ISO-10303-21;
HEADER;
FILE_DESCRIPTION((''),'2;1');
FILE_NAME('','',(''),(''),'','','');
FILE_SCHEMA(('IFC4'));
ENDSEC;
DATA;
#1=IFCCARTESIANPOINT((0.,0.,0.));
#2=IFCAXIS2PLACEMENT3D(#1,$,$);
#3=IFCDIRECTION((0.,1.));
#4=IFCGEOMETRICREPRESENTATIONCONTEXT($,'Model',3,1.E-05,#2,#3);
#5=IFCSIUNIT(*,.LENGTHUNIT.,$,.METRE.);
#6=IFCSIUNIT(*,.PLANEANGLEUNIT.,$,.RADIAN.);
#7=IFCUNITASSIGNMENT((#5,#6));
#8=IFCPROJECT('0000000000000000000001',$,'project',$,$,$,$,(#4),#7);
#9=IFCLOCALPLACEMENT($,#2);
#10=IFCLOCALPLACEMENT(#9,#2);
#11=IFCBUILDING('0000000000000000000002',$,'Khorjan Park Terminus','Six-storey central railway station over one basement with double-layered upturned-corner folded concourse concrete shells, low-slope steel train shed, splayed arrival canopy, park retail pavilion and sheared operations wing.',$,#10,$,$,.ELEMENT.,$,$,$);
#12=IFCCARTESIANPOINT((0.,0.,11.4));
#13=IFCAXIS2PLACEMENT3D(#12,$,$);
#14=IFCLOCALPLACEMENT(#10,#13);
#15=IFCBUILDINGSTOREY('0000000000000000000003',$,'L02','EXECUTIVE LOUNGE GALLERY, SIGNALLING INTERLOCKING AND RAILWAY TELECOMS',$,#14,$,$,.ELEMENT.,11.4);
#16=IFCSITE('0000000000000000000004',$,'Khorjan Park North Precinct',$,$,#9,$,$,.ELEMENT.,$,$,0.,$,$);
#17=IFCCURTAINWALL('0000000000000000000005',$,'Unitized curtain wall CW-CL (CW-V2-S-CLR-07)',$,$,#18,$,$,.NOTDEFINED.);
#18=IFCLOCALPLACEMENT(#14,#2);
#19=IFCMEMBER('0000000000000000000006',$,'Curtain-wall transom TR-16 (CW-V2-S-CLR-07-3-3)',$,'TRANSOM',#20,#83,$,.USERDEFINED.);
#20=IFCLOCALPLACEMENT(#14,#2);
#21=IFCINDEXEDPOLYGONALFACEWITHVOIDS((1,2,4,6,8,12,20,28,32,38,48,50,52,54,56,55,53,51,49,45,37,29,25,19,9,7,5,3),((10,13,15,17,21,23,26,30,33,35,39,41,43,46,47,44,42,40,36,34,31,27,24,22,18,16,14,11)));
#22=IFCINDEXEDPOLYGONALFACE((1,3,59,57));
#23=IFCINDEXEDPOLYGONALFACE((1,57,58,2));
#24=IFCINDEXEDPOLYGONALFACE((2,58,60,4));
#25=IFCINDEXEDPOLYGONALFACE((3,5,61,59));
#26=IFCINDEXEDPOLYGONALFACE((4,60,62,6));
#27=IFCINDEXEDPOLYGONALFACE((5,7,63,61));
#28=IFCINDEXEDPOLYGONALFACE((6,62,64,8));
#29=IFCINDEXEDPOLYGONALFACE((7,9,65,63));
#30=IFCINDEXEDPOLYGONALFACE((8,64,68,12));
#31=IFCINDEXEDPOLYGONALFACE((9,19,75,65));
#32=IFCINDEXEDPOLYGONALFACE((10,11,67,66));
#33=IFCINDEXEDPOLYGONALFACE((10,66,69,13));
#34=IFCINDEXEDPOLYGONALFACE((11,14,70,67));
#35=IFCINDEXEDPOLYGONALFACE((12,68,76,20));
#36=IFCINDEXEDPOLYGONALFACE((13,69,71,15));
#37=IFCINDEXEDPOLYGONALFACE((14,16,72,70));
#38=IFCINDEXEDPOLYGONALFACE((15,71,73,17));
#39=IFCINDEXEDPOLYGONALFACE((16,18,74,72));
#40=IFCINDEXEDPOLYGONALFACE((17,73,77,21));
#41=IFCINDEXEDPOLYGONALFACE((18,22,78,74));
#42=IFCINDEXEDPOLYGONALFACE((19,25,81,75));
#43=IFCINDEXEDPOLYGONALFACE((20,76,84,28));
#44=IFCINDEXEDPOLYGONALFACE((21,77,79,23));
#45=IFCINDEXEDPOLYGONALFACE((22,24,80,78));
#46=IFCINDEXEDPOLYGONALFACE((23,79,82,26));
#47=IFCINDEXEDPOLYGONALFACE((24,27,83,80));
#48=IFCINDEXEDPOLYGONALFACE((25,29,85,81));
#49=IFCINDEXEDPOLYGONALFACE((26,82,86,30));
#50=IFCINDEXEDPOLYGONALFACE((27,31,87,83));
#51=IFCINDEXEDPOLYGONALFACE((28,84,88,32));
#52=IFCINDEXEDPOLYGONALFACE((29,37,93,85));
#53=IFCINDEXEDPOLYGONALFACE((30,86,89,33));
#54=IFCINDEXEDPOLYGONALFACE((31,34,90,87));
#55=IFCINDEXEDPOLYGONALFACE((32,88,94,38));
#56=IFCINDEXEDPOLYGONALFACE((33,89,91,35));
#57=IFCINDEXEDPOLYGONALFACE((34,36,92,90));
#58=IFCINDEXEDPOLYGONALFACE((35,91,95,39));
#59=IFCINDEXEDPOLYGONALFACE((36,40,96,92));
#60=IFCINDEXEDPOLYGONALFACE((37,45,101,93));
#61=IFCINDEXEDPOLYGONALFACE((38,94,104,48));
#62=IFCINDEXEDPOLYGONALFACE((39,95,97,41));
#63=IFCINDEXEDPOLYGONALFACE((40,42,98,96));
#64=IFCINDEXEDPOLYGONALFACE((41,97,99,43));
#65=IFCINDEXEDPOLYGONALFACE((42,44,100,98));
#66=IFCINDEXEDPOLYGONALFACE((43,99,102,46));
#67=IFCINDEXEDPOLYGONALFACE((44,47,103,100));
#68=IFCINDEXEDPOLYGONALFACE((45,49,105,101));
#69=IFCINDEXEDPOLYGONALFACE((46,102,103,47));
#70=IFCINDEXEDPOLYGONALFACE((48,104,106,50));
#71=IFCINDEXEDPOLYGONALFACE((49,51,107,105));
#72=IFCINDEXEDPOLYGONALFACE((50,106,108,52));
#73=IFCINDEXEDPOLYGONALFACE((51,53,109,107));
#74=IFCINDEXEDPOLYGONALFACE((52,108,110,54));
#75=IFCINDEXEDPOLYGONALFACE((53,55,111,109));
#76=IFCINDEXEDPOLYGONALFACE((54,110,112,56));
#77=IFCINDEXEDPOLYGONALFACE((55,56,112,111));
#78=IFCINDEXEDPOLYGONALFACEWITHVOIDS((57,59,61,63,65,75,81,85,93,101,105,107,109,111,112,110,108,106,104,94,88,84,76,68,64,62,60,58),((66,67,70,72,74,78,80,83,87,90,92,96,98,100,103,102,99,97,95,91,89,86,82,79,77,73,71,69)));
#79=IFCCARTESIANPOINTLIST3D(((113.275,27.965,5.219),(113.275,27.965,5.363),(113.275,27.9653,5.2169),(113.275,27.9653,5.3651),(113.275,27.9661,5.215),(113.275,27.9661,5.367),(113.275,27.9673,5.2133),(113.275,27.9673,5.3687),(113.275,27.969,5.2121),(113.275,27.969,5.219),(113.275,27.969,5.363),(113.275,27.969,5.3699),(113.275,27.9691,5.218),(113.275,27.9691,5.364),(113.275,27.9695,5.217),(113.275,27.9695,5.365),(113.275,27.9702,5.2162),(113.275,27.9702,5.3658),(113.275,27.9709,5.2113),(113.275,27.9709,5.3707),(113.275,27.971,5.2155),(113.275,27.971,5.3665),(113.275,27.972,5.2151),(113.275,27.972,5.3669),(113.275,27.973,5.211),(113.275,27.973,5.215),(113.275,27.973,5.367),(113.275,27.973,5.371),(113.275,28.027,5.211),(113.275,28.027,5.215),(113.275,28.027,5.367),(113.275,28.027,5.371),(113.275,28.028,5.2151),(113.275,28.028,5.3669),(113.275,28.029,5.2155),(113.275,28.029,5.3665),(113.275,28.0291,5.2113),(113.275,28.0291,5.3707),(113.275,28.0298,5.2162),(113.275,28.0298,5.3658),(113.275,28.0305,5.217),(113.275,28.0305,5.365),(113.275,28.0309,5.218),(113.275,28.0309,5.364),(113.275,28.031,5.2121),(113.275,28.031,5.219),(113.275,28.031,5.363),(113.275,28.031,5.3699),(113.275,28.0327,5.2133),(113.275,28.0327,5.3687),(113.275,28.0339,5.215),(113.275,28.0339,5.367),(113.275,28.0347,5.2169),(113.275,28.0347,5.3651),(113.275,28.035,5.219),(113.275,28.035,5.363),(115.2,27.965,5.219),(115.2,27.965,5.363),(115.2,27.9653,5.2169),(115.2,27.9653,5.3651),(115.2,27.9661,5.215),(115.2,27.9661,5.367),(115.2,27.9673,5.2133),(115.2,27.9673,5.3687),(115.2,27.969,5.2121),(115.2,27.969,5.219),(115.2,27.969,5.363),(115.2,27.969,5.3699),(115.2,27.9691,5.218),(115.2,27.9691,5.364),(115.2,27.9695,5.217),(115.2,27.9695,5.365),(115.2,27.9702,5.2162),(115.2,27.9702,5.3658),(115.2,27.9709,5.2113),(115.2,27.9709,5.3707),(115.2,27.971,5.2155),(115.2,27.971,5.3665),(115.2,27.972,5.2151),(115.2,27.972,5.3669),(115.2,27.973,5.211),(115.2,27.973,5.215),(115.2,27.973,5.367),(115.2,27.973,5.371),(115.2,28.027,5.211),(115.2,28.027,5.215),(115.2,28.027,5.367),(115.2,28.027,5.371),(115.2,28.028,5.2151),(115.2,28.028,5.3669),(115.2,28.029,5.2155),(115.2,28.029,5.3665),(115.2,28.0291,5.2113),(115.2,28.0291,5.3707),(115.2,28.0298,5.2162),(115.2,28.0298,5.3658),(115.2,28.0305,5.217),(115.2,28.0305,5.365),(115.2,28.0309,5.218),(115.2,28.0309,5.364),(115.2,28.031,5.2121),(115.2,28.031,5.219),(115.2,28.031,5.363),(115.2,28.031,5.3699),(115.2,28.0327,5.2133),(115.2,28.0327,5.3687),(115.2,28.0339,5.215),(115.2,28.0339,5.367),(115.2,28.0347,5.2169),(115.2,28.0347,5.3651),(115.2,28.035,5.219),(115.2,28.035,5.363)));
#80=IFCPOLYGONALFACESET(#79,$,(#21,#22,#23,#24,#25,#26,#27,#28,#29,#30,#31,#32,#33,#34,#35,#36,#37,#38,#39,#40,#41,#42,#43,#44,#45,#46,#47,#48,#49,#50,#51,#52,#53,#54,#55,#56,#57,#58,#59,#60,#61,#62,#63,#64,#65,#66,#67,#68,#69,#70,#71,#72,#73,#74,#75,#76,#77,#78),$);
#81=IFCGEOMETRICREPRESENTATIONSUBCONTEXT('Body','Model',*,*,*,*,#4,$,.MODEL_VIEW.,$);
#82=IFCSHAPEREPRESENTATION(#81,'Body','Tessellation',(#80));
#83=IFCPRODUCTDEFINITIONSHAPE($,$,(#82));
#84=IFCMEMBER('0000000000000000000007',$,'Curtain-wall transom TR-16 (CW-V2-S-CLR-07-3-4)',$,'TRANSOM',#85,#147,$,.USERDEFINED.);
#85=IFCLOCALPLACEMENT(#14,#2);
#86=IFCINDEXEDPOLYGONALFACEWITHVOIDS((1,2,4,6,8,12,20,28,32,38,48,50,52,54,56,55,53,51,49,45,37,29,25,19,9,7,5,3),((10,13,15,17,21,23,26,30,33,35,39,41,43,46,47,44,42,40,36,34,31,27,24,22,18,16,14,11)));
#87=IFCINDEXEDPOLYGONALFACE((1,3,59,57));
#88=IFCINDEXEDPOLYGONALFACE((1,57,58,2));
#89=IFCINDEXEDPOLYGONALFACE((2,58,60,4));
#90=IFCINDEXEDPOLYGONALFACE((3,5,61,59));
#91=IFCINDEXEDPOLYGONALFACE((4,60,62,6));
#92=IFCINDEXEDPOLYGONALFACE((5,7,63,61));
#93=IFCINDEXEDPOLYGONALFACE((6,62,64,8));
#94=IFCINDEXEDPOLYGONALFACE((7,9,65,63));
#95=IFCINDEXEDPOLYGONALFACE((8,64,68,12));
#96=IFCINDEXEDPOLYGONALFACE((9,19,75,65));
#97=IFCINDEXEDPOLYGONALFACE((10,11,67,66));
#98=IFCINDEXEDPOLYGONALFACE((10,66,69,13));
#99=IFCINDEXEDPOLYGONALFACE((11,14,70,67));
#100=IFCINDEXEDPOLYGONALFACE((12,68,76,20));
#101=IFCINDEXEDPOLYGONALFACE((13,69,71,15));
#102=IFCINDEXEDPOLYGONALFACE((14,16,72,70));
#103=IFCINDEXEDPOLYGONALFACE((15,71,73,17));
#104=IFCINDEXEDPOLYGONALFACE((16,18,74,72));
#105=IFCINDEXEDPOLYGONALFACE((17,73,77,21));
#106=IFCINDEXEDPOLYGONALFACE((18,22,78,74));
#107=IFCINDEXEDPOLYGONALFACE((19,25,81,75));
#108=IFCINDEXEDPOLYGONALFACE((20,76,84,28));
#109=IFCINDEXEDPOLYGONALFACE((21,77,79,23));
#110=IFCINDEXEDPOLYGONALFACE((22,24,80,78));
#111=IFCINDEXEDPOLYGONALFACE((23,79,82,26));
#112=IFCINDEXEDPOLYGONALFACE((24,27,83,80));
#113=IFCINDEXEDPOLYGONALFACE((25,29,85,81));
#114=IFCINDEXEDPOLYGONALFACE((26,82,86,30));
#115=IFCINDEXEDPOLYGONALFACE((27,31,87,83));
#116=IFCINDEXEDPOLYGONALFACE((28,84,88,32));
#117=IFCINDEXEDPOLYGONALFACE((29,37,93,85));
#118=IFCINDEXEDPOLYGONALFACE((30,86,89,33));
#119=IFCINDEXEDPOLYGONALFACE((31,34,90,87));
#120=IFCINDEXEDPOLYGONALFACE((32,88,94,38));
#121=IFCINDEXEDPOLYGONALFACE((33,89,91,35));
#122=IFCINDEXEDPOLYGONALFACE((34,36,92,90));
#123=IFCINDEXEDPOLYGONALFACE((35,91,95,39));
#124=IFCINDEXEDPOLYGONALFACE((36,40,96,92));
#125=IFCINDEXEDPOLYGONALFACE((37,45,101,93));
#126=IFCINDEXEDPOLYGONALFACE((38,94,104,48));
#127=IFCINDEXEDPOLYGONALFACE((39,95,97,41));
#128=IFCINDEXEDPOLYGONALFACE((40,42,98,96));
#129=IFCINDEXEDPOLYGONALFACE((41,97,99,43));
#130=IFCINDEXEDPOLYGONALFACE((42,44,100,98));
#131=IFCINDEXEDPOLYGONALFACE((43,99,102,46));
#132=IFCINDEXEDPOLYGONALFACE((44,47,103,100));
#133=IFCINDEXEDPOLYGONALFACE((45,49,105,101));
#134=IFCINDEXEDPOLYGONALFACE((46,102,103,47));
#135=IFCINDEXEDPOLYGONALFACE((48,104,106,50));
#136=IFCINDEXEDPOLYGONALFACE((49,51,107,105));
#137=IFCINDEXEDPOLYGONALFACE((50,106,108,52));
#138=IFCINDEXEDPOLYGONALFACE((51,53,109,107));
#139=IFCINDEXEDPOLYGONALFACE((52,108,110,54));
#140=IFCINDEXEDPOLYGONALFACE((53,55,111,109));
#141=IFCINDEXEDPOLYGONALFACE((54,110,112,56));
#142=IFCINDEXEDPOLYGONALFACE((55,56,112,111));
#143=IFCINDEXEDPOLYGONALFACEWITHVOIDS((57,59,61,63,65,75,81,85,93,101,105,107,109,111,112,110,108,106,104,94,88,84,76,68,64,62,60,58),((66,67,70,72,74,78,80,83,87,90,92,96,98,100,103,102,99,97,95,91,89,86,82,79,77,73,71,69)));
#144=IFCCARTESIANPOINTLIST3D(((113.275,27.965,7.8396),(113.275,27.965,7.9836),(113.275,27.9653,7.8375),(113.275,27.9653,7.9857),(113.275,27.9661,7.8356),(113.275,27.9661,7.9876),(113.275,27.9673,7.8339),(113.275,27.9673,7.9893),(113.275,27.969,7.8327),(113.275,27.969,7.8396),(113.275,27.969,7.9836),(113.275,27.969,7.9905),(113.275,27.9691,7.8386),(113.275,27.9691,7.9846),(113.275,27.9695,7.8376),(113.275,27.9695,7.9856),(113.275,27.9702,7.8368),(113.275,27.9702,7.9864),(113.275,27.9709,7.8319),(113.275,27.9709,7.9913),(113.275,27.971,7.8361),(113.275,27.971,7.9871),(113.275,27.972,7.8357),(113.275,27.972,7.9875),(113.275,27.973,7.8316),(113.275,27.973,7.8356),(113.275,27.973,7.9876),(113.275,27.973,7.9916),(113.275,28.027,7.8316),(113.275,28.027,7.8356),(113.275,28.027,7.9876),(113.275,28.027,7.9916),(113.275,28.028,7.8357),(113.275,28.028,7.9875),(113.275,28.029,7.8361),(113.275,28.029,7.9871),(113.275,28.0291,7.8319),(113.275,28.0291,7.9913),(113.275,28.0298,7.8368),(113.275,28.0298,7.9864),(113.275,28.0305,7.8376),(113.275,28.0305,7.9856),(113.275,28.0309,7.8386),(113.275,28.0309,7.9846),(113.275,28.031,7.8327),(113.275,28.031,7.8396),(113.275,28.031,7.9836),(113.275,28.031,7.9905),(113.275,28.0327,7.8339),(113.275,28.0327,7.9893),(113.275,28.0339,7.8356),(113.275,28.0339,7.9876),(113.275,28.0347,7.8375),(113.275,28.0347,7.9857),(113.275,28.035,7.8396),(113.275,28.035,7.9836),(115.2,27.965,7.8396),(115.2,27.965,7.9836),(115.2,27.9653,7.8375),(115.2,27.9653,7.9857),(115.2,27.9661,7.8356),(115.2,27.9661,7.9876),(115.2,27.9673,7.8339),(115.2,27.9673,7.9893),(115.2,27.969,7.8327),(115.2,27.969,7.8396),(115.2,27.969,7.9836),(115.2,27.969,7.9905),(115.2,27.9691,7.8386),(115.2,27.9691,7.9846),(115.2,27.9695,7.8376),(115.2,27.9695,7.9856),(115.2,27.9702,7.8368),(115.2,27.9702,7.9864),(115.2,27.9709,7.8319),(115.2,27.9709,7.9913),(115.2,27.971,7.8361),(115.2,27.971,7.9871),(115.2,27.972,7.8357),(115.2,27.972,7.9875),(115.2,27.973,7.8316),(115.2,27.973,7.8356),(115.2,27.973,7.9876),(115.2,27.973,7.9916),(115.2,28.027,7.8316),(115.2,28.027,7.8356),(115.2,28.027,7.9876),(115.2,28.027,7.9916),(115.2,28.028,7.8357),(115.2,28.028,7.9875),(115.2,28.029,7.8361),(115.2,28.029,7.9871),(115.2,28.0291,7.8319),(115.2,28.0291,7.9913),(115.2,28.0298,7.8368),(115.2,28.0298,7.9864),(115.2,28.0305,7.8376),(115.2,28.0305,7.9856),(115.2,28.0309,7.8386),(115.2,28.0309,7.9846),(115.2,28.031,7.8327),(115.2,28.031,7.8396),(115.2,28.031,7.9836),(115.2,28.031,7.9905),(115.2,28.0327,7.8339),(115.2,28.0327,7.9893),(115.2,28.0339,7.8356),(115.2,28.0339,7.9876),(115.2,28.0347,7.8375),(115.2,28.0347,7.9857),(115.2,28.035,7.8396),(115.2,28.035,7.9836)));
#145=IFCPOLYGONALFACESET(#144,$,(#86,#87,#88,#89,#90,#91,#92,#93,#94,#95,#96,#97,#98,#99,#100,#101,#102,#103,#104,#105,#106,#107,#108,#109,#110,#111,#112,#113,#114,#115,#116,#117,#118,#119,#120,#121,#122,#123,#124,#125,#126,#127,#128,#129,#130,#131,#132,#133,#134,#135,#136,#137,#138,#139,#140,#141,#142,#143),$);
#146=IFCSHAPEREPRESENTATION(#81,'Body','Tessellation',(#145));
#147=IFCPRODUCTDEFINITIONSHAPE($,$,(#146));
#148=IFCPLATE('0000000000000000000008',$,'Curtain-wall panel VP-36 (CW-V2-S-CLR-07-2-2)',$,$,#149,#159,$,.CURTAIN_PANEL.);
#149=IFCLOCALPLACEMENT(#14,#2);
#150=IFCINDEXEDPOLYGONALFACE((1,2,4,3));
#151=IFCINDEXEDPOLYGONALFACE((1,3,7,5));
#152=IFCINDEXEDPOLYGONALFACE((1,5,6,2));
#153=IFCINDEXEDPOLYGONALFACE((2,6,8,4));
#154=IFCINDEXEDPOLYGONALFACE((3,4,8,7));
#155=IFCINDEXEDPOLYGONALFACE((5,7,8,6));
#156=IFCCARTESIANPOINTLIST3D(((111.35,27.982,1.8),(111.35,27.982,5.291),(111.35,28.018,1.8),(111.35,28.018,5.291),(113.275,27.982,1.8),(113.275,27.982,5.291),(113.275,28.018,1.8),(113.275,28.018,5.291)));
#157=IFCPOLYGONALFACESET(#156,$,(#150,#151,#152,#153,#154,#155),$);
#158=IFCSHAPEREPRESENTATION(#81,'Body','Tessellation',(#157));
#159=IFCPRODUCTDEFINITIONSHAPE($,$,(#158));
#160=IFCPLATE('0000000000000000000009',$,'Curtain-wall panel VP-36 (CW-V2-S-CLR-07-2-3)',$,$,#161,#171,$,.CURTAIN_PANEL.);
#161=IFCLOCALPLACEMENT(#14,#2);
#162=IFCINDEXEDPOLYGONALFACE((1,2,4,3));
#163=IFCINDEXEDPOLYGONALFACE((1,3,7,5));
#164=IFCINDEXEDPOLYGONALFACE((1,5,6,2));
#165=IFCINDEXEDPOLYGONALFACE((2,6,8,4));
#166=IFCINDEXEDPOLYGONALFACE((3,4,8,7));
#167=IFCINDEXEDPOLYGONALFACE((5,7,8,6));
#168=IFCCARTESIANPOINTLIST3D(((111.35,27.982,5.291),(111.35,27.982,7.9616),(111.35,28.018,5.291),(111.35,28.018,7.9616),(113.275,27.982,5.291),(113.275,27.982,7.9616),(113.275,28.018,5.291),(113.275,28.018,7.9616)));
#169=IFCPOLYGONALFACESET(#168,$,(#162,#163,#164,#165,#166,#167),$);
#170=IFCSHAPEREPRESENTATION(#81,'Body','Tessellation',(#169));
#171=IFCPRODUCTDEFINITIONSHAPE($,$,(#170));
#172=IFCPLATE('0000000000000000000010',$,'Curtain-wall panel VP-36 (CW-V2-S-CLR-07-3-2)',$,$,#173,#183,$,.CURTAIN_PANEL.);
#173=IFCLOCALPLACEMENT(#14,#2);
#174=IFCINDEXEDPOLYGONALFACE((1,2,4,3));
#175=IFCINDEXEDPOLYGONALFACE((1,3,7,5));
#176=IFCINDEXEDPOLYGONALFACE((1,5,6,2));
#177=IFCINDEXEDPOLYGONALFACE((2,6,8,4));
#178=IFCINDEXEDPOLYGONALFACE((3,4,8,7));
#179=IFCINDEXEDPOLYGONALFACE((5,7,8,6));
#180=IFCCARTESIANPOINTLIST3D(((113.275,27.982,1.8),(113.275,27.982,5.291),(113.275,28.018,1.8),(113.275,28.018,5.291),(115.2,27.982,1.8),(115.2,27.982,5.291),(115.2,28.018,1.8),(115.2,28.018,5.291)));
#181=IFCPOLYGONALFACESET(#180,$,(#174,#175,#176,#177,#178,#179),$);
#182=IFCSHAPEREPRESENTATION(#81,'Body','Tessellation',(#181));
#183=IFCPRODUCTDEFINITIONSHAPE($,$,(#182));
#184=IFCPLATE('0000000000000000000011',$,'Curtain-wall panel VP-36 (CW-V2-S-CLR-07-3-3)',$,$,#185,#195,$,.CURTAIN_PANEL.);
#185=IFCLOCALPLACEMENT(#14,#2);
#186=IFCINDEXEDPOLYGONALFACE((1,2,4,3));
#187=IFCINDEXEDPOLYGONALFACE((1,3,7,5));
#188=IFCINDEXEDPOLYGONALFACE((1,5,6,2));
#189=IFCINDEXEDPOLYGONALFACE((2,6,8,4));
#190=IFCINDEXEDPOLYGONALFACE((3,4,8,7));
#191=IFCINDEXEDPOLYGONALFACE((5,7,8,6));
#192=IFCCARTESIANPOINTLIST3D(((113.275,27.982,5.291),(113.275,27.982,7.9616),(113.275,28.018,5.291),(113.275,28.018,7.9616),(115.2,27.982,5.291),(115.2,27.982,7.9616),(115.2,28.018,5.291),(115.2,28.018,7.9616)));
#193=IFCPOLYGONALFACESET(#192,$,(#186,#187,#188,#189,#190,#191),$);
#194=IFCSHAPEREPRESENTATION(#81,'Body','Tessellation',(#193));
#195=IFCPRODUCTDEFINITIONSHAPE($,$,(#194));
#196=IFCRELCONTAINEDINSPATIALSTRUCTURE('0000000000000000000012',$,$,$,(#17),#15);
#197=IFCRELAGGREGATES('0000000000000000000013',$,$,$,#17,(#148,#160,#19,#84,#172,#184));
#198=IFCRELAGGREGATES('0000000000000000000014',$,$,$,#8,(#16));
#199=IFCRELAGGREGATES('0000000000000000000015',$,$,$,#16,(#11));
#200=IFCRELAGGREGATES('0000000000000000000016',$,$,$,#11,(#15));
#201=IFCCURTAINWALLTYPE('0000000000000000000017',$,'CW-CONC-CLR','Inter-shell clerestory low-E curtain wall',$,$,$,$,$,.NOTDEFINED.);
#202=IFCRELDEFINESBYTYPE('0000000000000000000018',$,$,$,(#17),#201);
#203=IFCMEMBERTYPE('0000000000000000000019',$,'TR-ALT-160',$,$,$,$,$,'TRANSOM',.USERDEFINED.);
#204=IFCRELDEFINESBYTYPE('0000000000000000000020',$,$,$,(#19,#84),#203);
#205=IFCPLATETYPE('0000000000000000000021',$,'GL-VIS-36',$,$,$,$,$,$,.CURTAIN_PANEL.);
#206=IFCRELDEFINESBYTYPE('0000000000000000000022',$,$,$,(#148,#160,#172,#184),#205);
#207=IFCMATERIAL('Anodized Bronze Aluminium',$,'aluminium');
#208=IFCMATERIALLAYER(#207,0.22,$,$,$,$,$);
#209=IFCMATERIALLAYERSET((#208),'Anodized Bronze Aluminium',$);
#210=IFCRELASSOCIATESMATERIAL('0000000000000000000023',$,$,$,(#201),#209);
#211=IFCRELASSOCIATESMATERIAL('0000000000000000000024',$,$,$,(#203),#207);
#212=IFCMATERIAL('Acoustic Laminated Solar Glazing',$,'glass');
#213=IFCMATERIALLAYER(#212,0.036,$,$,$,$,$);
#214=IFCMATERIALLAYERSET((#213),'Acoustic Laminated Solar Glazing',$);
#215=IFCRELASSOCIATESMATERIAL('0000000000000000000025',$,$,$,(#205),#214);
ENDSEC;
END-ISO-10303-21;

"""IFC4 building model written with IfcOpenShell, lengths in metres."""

from ifc_helpers import new_model, si_unit, direction, frame, origin, origin_2d, place, context, subcontext, project, spatial, rectangle, hollow_rectangle, extrude, material, layer, layer_set, material_profile, profile_set, type_object, element, aggregate, save


model = new_model("IFC4")

# Units and contexts
model_context = context("Model", 3, precision=1e-05, world=origin(), true_north=direction((0.0, 1.0)))
body_context = subcontext(model_context, "Body", "Model", "MODEL_VIEW")
ifc_project = project(units=[si_unit("LENGTHUNIT", "METRE"), si_unit("PLANEANGLEUNIT", "RADIAN")], contexts=[model_context])

# Site, building, storey
site_placement = place(None, origin())
site = spatial("IfcSite", under=ifc_project, at=site_placement, Name="Khorjan Park North Precinct", CompositionType="ELEMENT", RefElevation=0.0)
building_placement = place(site_placement, origin())
building = spatial("IfcBuilding", under=site, at=building_placement, Name="Khorjan Park Terminus", Description="Six-storey central railway station over one basement with double-layered upturned-corner folded concourse concrete shells, low-slope steel train shed, splayed arrival canopy, park retail pavilion and sheared operations wing.", CompositionType="ELEMENT")
storey_placement = place(building_placement, frame((0.0, 0.0, 11.4)))
storey = spatial("IfcBuildingStorey", under=building, at=storey_placement, Name="L02", Description="EXECUTIVE LOUNGE GALLERY, SIGNALLING INTERLOCKING AND RAILWAY TELECOMS", CompositionType="ELEMENT", Elevation=11.4)

# Curtain wall
ifc_material_1 = material(Name="Anodized Bronze Aluminium", Category="aluminium")
ifc_layer_1 = layer(ifc_material_1, 0.22)
ifc_layer_set_1 = layer_set([ifc_layer_1], Name="Anodized Bronze Aluminium")
curtain_wall_type = type_object("IfcCurtainWallType", Name="CW-CONC-CLR", Description="Inter-shell clerestory low-E curtain wall", PredefinedType="NOTDEFINED", material=ifc_layer_set_1)
curtain_wall_placement = place(storey_placement, origin())
curtain_wall = element("IfcCurtainWall", 1, at=curtain_wall_placement, inside=storey, type_object=curtain_wall_type, Name="Unitized curtain wall CW-CL (CW-V2-S-CLR-07)", PredefinedType="NOTDEFINED")

# Members
ifc_material_profile_1 = material_profile(ifc_material_1, hollow_rectangle(XDim=0.07, YDim=0.16, WallThickness=0.004, InnerFilletRadius=0.004, OuterFilletRadius=0.008, at=origin_2d()), Name="ALT 70x160x4")
ifc_profile_set_1 = profile_set([ifc_material_profile_1], Name="Anodized Bronze Aluminium")
member_type_1 = type_object("IfcMemberType", Name="TR-ALT-160", ElementType="TRANSOM", PredefinedType="USERDEFINED", material=ifc_profile_set_1)
member_1_placement = place(storey_placement, frame((113.275, 28.0, 5.291), z_axis=(1.0, 0.0, 0.0), x_axis=(0.0, 1.0, 0.0)))
member_1 = element("IfcMember", 2, at=member_1_placement, type_object=member_type_1, Name="Curtain-wall transom TR-16 (CW-V2-S-CLR-07-3-3)", ObjectType="TRANSOM", PredefinedType="USERDEFINED", context=body_context, shape_type="SweptSolid", body=[
    extrude(hollow_rectangle(XDim=0.07, YDim=0.16, WallThickness=0.004, InnerFilletRadius=0.004, OuterFilletRadius=0.008, at=origin_2d()), origin(), (0.0, 0.0, 1.0), 1.925),
])
member_2_placement = place(storey_placement, frame((113.275, 28.0, 7.9116), z_axis=(1.0, 0.0, 0.0), x_axis=(0.0, 1.0, 0.0)))
member_2 = element("IfcMember", 3, at=member_2_placement, type_object=member_type_1, Name="Curtain-wall transom TR-16 (CW-V2-S-CLR-07-3-4)", ObjectType="TRANSOM", PredefinedType="USERDEFINED", context=body_context, shape_type="SweptSolid", body=[
    extrude(hollow_rectangle(XDim=0.07, YDim=0.16, WallThickness=0.004, InnerFilletRadius=0.004, OuterFilletRadius=0.008, at=origin_2d()), origin(), (0.0, 0.0, 1.0), 1.925),
])

# Plates
ifc_material_2 = material(Name="Acoustic Laminated Solar Glazing", Category="glass")
ifc_layer_2 = layer(ifc_material_2, 0.036)
ifc_layer_set_2 = layer_set([ifc_layer_2], Name="Acoustic Laminated Solar Glazing")
plate_type_1 = type_object("IfcPlateType", Name="GL-VIS-36", PredefinedType="CURTAIN_PANEL", material=ifc_layer_set_2)
plate_1_placement = place(storey_placement, frame((112.3125, 28.0, 1.8), z_axis=(0.0, 0.0, 1.0), x_axis=(1.0, 0.0, 0.0)))
plate_1 = element("IfcPlate", 4, at=plate_1_placement, type_object=plate_type_1, Name="Curtain-wall panel VP-36 (CW-V2-S-CLR-07-2-2)", PredefinedType="CURTAIN_PANEL", context=body_context, shape_type="SweptSolid", body=[
    extrude(rectangle(XDim=1.925, YDim=0.036, at=origin_2d()), origin(), (0.0, 0.0, 1.0), 3.491),
])
plate_2_placement = place(storey_placement, frame((112.3125, 28.0, 5.291), z_axis=(0.0, 0.0, 1.0), x_axis=(1.0, 0.0, 0.0)))
plate_2 = element("IfcPlate", 5, at=plate_2_placement, type_object=plate_type_1, Name="Curtain-wall panel VP-36 (CW-V2-S-CLR-07-2-3)", PredefinedType="CURTAIN_PANEL", context=body_context, shape_type="SweptSolid", body=[
    extrude(rectangle(XDim=1.925, YDim=0.036, at=origin_2d()), origin(), (0.0, 0.0, 1.0), 2.6706),
])
plate_3_placement = place(storey_placement, frame((114.2375, 28.0, 1.8), z_axis=(0.0, 0.0, 1.0), x_axis=(1.0, 0.0, 0.0)))
plate_3 = element("IfcPlate", 6, at=plate_3_placement, type_object=plate_type_1, Name="Curtain-wall panel VP-36 (CW-V2-S-CLR-07-3-2)", PredefinedType="CURTAIN_PANEL", context=body_context, shape_type="SweptSolid", body=[
    extrude(rectangle(XDim=1.925, YDim=0.036, at=origin_2d()), origin(), (0.0, 0.0, 1.0), 3.491),
])
plate_4_placement = place(storey_placement, frame((114.2375, 28.0, 5.291), z_axis=(0.0, 0.0, 1.0), x_axis=(1.0, 0.0, 0.0)))
plate_4 = element("IfcPlate", 7, at=plate_4_placement, type_object=plate_type_1, Name="Curtain-wall panel VP-36 (CW-V2-S-CLR-07-3-3)", PredefinedType="CURTAIN_PANEL", context=body_context, shape_type="SweptSolid", body=[
    extrude(rectangle(XDim=1.925, YDim=0.036, at=origin_2d()), origin(), (0.0, 0.0, 1.0), 2.6706),
])

aggregate(curtain_wall, [plate_1, plate_2, member_1, member_2, plate_3, plate_4])

save(model, "model.ifc")
